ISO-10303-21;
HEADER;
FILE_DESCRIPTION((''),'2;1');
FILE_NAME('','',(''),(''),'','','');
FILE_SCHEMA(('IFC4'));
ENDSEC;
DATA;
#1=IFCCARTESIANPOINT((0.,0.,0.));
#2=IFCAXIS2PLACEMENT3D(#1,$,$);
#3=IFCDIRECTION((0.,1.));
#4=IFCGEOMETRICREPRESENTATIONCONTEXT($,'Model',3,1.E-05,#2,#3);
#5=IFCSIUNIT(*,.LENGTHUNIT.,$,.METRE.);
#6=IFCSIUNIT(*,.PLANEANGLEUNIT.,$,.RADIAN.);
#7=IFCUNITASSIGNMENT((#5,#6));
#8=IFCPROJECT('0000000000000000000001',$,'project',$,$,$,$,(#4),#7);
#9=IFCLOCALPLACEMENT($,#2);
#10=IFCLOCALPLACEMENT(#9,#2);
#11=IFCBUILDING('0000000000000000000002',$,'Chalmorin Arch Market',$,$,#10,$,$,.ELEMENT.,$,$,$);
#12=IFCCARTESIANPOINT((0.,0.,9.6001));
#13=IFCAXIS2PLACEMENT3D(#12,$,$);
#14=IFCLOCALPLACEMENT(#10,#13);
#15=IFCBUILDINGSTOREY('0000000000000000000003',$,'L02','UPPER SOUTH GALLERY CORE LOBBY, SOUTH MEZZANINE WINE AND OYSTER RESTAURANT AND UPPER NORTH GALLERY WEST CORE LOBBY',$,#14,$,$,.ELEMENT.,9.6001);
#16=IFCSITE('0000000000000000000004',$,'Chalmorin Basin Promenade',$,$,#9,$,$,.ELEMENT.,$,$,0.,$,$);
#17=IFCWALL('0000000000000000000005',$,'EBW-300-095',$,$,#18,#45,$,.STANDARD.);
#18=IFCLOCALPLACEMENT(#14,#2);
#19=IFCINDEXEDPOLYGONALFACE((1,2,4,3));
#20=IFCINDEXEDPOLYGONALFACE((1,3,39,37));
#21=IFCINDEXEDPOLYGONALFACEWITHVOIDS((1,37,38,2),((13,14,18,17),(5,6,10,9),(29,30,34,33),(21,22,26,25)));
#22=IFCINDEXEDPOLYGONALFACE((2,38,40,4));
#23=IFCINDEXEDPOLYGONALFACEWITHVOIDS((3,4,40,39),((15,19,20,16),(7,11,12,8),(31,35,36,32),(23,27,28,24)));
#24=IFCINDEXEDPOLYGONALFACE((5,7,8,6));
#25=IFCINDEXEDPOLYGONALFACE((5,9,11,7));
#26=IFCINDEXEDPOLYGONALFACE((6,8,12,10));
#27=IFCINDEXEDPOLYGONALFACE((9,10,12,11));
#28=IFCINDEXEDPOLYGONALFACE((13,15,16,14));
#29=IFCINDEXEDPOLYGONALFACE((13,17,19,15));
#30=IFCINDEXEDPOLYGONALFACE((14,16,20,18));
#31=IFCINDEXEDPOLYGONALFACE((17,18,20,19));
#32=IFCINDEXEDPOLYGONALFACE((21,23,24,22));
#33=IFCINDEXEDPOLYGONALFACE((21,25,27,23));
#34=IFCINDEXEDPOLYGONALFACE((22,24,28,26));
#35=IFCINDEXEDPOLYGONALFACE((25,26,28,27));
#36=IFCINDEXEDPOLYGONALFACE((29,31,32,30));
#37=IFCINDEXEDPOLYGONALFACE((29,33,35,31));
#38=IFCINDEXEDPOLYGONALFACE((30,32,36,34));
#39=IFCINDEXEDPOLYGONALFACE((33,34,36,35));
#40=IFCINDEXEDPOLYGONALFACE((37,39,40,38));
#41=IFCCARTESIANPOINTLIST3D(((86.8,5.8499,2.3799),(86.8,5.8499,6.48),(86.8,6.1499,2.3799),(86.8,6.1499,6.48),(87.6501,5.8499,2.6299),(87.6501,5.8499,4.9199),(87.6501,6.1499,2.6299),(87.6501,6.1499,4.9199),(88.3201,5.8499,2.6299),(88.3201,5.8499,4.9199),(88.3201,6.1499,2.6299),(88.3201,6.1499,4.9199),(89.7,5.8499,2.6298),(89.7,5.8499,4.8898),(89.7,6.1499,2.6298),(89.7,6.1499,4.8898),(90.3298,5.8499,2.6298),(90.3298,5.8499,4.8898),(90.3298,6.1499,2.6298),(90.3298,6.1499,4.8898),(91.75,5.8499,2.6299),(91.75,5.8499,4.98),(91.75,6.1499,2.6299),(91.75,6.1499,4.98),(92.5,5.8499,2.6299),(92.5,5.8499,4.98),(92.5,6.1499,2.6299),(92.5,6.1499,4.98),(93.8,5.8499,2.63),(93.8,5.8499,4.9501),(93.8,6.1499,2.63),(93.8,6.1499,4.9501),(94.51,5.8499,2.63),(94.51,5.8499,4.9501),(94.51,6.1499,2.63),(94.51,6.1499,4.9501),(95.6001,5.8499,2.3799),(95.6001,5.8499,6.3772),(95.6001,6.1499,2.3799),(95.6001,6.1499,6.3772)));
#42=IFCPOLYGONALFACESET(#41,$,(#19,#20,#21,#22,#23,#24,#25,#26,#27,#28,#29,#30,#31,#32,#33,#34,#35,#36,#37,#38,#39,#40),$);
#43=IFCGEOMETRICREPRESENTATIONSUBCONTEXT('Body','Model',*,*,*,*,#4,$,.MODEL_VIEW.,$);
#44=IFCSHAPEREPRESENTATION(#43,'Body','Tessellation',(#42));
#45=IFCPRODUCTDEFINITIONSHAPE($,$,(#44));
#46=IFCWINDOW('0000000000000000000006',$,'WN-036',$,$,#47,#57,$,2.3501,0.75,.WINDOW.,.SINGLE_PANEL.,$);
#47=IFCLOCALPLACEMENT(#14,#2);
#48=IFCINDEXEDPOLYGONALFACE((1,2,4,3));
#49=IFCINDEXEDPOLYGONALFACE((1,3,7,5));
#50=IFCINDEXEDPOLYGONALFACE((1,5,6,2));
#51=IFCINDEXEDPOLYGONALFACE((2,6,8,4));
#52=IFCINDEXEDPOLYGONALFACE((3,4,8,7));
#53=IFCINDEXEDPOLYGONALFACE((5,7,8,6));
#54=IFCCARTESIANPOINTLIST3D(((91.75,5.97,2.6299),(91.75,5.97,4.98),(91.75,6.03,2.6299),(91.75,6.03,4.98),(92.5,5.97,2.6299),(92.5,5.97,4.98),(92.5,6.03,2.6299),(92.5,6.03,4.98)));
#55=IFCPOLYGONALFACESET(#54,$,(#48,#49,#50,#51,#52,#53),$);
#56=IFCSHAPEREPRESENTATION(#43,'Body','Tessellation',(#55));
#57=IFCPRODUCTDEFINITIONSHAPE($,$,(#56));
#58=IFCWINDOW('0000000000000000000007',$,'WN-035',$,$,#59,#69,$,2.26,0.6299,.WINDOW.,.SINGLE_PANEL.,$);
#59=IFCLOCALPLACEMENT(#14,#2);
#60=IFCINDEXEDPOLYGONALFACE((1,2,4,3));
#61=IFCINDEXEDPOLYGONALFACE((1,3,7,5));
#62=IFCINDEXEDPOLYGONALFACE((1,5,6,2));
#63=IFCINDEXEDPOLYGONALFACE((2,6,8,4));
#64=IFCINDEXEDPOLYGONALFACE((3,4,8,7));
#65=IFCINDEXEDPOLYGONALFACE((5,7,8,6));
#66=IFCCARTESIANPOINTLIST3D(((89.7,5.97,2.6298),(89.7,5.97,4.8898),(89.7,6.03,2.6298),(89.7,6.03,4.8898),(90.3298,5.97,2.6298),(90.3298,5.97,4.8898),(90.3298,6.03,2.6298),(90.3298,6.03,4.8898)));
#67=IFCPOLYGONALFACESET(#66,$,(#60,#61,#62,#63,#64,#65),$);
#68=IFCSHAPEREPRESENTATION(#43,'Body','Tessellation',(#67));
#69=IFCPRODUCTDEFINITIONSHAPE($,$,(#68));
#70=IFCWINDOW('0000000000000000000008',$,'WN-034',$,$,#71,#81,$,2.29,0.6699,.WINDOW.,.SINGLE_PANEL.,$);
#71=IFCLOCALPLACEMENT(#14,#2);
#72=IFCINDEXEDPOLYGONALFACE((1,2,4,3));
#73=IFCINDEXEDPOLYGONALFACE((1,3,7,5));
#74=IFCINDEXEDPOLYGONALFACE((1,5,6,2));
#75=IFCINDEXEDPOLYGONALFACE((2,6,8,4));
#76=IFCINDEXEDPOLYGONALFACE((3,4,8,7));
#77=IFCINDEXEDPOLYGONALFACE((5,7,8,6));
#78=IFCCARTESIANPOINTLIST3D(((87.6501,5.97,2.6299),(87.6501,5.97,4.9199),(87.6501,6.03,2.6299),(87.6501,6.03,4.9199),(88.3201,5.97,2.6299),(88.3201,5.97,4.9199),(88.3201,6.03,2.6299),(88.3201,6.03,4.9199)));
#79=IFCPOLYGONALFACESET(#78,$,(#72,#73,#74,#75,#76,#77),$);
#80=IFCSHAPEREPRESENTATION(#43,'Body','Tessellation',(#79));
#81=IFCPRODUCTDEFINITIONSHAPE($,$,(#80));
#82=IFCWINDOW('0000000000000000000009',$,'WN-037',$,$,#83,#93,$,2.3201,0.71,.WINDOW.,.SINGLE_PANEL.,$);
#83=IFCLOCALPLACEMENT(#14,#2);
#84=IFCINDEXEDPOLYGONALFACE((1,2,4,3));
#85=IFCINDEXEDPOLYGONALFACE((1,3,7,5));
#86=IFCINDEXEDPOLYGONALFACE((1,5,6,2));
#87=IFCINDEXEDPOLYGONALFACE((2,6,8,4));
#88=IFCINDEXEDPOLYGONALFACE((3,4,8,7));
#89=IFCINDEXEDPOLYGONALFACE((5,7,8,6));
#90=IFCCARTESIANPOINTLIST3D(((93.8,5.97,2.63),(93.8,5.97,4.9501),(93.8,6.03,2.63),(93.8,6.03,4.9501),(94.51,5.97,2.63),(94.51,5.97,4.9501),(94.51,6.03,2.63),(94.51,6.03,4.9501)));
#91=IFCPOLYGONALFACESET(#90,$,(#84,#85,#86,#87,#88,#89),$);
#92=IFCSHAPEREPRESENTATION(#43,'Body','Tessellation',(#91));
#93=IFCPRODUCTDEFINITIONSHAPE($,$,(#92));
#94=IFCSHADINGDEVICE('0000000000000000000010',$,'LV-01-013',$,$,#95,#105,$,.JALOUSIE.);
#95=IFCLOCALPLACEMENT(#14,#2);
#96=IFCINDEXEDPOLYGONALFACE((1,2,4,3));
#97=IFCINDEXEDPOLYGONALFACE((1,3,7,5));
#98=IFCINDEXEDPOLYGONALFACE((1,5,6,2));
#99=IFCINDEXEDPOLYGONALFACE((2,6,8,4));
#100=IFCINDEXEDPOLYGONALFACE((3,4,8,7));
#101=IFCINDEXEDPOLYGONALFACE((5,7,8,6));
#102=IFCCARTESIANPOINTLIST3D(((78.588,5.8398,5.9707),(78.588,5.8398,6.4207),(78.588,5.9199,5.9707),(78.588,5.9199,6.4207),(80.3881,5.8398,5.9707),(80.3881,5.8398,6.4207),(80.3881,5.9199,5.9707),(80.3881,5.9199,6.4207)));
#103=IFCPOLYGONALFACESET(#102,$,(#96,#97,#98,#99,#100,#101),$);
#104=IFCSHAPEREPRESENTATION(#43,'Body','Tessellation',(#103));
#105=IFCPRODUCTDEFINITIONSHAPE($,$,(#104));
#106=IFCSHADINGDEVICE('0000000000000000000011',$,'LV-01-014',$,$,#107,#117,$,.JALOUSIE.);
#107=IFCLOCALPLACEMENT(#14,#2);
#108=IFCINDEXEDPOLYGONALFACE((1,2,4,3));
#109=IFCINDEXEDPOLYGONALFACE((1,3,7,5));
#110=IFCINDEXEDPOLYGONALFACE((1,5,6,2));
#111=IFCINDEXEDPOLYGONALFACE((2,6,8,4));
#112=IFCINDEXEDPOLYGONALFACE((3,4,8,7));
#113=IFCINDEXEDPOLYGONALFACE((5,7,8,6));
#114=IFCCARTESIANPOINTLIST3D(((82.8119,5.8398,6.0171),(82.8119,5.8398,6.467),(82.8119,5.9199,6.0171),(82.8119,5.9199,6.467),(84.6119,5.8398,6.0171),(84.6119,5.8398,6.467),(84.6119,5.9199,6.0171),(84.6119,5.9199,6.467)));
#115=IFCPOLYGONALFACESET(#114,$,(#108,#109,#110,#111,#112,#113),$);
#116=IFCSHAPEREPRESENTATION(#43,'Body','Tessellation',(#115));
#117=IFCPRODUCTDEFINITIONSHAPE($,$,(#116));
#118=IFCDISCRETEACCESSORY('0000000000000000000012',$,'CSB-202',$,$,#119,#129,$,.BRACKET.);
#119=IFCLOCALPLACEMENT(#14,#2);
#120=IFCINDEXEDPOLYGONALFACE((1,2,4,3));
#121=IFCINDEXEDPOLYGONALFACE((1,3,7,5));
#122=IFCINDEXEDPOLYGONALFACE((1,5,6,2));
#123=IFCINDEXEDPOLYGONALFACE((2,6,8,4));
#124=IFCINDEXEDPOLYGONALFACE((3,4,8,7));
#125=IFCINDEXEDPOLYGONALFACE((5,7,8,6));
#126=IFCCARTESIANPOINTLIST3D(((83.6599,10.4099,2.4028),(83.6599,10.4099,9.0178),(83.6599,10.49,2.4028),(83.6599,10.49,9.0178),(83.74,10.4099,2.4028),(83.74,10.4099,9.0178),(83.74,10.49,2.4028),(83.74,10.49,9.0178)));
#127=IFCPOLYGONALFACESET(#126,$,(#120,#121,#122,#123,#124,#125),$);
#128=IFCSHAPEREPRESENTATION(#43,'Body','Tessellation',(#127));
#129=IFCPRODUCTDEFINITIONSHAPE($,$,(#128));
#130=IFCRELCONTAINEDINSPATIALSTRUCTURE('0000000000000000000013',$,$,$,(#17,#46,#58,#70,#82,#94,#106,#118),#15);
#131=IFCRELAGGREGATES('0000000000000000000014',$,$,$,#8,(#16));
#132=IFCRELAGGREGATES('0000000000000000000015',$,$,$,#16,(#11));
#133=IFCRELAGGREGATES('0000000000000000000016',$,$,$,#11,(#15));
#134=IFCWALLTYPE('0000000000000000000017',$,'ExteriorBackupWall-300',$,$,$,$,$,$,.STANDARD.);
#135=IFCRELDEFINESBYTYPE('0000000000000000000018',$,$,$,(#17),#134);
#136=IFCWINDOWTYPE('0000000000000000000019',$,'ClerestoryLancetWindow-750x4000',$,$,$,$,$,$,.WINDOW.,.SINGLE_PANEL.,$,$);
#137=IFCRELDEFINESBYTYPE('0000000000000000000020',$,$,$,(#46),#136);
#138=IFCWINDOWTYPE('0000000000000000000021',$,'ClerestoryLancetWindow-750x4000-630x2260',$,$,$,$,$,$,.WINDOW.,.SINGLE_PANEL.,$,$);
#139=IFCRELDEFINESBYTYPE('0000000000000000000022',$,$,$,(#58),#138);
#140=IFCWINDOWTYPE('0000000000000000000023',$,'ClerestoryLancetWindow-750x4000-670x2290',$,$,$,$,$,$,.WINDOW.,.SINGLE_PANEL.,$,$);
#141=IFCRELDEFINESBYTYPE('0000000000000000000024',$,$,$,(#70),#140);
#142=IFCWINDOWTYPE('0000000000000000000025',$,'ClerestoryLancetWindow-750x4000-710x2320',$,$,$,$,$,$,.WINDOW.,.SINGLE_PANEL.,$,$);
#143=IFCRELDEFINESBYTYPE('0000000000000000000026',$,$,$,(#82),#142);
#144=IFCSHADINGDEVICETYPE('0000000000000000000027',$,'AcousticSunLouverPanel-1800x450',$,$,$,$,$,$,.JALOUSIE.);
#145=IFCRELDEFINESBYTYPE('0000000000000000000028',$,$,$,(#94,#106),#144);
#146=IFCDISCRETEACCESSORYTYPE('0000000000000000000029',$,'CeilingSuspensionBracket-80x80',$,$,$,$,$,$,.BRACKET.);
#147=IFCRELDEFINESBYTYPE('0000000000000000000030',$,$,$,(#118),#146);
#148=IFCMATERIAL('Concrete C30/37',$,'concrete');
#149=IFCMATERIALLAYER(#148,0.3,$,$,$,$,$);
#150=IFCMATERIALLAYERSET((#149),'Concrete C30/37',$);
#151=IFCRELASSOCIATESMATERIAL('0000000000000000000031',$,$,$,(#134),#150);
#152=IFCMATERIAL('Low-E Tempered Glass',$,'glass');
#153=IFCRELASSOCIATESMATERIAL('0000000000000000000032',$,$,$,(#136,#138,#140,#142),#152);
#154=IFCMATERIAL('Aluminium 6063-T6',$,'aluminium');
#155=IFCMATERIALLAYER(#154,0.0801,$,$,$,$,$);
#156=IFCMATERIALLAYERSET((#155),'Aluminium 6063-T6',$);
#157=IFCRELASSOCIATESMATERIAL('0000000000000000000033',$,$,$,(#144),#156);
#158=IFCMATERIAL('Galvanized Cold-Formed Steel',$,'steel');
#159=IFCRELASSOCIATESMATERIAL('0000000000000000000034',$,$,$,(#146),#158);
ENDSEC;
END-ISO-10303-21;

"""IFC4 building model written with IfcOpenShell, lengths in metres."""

from ifc_helpers import new_model, si_unit, direction, frame, frame_2d, origin, origin_2d, place, context, subcontext, project, spatial, polyline, rectangle, outline, extrude, material, layer, layer_set, type_object, element, fill, save


model = new_model("IFC4")

# Units and contexts
model_context = context("Model", 3, precision=1e-05, world=origin(), true_north=direction((0.0, 1.0)))
body_context = subcontext(model_context, "Body", "Model", "MODEL_VIEW")
ifc_project = project(units=[si_unit("LENGTHUNIT", "METRE"), si_unit("PLANEANGLEUNIT", "RADIAN")], contexts=[model_context])

# Site, building, storey
site_placement = place(None, origin())
site = spatial("IfcSite", under=ifc_project, at=site_placement, Name="Chalmorin Basin Promenade", CompositionType="ELEMENT", RefElevation=0.0)
building_placement = place(site_placement, origin())
building = spatial("IfcBuilding", under=site, at=building_placement, Name="Chalmorin Arch Market", CompositionType="ELEMENT")
storey_placement = place(building_placement, frame((0.0, 0.0, 9.6001)))
storey = spatial("IfcBuildingStorey", under=building, at=storey_placement, Name="L02", Description="UPPER SOUTH GALLERY CORE LOBBY, SOUTH MEZZANINE WINE AND OYSTER RESTAURANT AND UPPER NORTH GALLERY WEST CORE LOBBY", CompositionType="ELEMENT", Elevation=9.6001)

# Shared definitions
ifc_material_1 = material(Name="Aluminium 6063-T6", Category="aluminium")

# Shared definitions
ifc_material_2 = material(Name="Concrete C30/37", Category="concrete")
ifc_layer_1 = layer(ifc_material_2, 0.3)
ifc_layer_set_1 = layer_set([ifc_layer_1], Name="Concrete C30/37")
wall_type = type_object("IfcWallType", Name="ExteriorBackupWall-300", PredefinedType="STANDARD", material=ifc_layer_set_1)

# Wall, openings, windows
wall_1_placement = place(storey_placement, frame((86.8, 6.0, 2.3799), z_axis=(0.0, 0.0, 1.0), x_axis=(1.0, 0.0, 0.0)))
wall_1 = element("IfcWall", 1, at=wall_1_placement, inside=storey, type_object=wall_type, Name="EBW-300-095", PredefinedType="STANDARD", context=body_context, shape_type="SweptSolid", body=[
    extrude(outline(polyline([(0.0, 0.0), (8.8, 0.0), (8.8, 3.9973), (0.0, 4.1001), (0.0, 0.0)])), frame((0.0, 0.1499, 0.0), z_axis=(0.0, -1.0, 0.0), x_axis=(1.0, 0.0, 0.0)), (0.0, 0.0, 1.0), 0.3),
])
opening_1_placement = place(wall_1_placement, frame((0.8501, 0.0, 0.25)))
opening_1 = element("IfcOpeningElement", 2, at=opening_1_placement, cuts=wall_1, PredefinedType="OPENING", context=body_context, shape_type="SweptSolid", body=[
    extrude(rectangle(XDim=0.6699, YDim=2.29, at=frame_2d((0.335, 1.145))), frame((0.0, 0.1599, 0.0), z_axis=(0.0, -1.0, 0.0), x_axis=(1.0, 0.0, 0.0)), (0.0, 0.0, 1.0), 0.3201),
])
opening_2_placement = place(wall_1_placement, frame((2.8999, 0.0, 0.25)))
opening_2 = element("IfcOpeningElement", 3, at=opening_2_placement, cuts=wall_1, PredefinedType="OPENING", context=body_context, shape_type="SweptSolid", body=[
    extrude(rectangle(XDim=0.6299, YDim=2.26, at=frame_2d((0.3149, 1.1299))), frame((0.0, 0.1599, 0.0), z_axis=(0.0, -1.0, 0.0), x_axis=(1.0, 0.0, 0.0)), (0.0, 0.0, 1.0), 0.3201),
])
opening_3_placement = place(wall_1_placement, frame((4.95, 0.0, 0.25)))
opening_3 = element("IfcOpeningElement", 4, at=opening_3_placement, cuts=wall_1, PredefinedType="OPENING", context=body_context, shape_type="SweptSolid", body=[
    extrude(rectangle(XDim=0.75, YDim=2.3501, at=frame_2d((0.375, 1.175))), frame((0.0, 0.1599, 0.0), z_axis=(0.0, -1.0, 0.0), x_axis=(1.0, 0.0, 0.0)), (0.0, 0.0, 1.0), 0.3201),
])
opening_4_placement = place(wall_1_placement, frame((7.0, 0.0, 0.25)))
opening_4 = element("IfcOpeningElement", 5, at=opening_4_placement, cuts=wall_1, PredefinedType="OPENING", context=body_context, shape_type="SweptSolid", body=[
    extrude(rectangle(XDim=0.71, YDim=2.3201, at=frame_2d((0.355, 1.1602))), frame((0.0, 0.1599, 0.0), z_axis=(0.0, -1.0, 0.0), x_axis=(1.0, 0.0, 0.0)), (0.0, 0.0, 1.0), 0.3201),
])
ifc_material_3 = material(Name="Low-E Tempered Glass", Category="glass")
window_type_1 = type_object("IfcWindowType", Name="ClerestoryLancetWindow-750x4000", PartitioningType="SINGLE_PANEL", PredefinedType="WINDOW", material=ifc_material_3)
window_1_placement = place(opening_3_placement, origin())
window_1 = element("IfcWindow", 6, at=window_1_placement, inside=storey, type_object=window_type_1, Name="WN-036", OverallHeight=2.3501, OverallWidth=0.75, PartitioningType="SINGLE_PANEL", PredefinedType="WINDOW", context=body_context, shape_type="SweptSolid", body=[
    extrude(rectangle(XDim=0.75, YDim=2.3501, at=frame_2d((0.375, 1.175))), frame((0.0, 0.03, 0.0), z_axis=(0.0, -1.0, 0.0), x_axis=(1.0, 0.0, 0.0)), (0.0, 0.0, 1.0), 0.0601),
])
fill(opening_3, window_1)
window_type_2 = type_object("IfcWindowType", Name="ClerestoryLancetWindow-750x4000-630x2260", PartitioningType="SINGLE_PANEL", PredefinedType="WINDOW", material=ifc_material_3)
window_2_placement = place(opening_2_placement, origin())
window_2 = element("IfcWindow", 7, at=window_2_placement, inside=storey, type_object=window_type_2, Name="WN-035", OverallHeight=2.26, OverallWidth=0.6299, PartitioningType="SINGLE_PANEL", PredefinedType="WINDOW", context=body_context, shape_type="SweptSolid", body=[
    extrude(rectangle(XDim=0.6299, YDim=2.26, at=frame_2d((0.3149, 1.1299))), frame((0.0, 0.03, 0.0), z_axis=(0.0, -1.0, 0.0), x_axis=(1.0, 0.0, 0.0)), (0.0, 0.0, 1.0), 0.0601),
])
fill(opening_2, window_2)
window_type_3 = type_object("IfcWindowType", Name="ClerestoryLancetWindow-750x4000-670x2290", PartitioningType="SINGLE_PANEL", PredefinedType="WINDOW", material=ifc_material_3)
window_3_placement = place(opening_1_placement, origin())
window_3 = element("IfcWindow", 8, at=window_3_placement, inside=storey, type_object=window_type_3, Name="WN-034", OverallHeight=2.29, OverallWidth=0.6699, PartitioningType="SINGLE_PANEL", PredefinedType="WINDOW", context=body_context, shape_type="SweptSolid", body=[
    extrude(rectangle(XDim=0.6699, YDim=2.29, at=frame_2d((0.335, 1.145))), frame((0.0, 0.03, 0.0), z_axis=(0.0, -1.0, 0.0), x_axis=(1.0, 0.0, 0.0)), (0.0, 0.0, 1.0), 0.0601),
])
fill(opening_1, window_3)
window_type_4 = type_object("IfcWindowType", Name="ClerestoryLancetWindow-750x4000-710x2320", PartitioningType="SINGLE_PANEL", PredefinedType="WINDOW", material=ifc_material_3)
window_4_placement = place(opening_4_placement, origin())
window_4 = element("IfcWindow", 9, at=window_4_placement, inside=storey, type_object=window_type_4, Name="WN-037", OverallHeight=2.3201, OverallWidth=0.71, PartitioningType="SINGLE_PANEL", PredefinedType="WINDOW", context=body_context, shape_type="SweptSolid", body=[
    extrude(rectangle(XDim=0.71, YDim=2.3201, at=frame_2d((0.355, 1.1602))), frame((0.0, 0.03, 0.0), z_axis=(0.0, -1.0, 0.0), x_axis=(1.0, 0.0, 0.0)), (0.0, 0.0, 1.0), 0.0601),
])
fill(opening_4, window_4)

# Shading devices
ifc_layer_2 = layer(ifc_material_1, 0.0801)
ifc_layer_set_2 = layer_set([ifc_layer_2], Name="Aluminium 6063-T6")
shading_device_type = type_object("IfcShadingDeviceType", Name="AcousticSunLouverPanel-1800x450", PredefinedType="JALOUSIE", material=ifc_layer_set_2)
for number, where, z_axis, x_axis, name in (
    (10, (79.488, 5.8799, 5.9707), (0.0, 0.0, 1.0), (1.0, 0.0, 0.0), "LV-01-013"),
    (11, (83.7119, 5.8799, 6.0171), (0.0, 0.0, 1.0), (1.0, 0.0, 0.0), "LV-01-014"),
):
    element("IfcShadingDevice", number, at=place(storey_placement, frame(where, z_axis=z_axis, x_axis=x_axis)), inside=storey, type_object=shading_device_type, Name=name, PredefinedType="JALOUSIE", context=body_context, shape_type="SweptSolid", body=[
        extrude(rectangle(XDim=1.8, YDim=0.0801, at=origin_2d()), origin(), (0.0, 0.0, 1.0), 0.45),
    ])

# Discrete accessory
ifc_material_4 = material(Name="Galvanized Cold-Formed Steel", Category="steel")
discrete_accessory_type = type_object("IfcDiscreteAccessoryType", Name="CeilingSuspensionBracket-80x80", PredefinedType="BRACKET", material=ifc_material_4)
discrete_accessory_placement = place(storey_placement, frame((83.7, 10.45, 2.4028), z_axis=(0.0, 0.0, 1.0), x_axis=(1.0, 0.0, 0.0)))
element("IfcDiscreteAccessory", 12, at=discrete_accessory_placement, inside=storey, type_object=discrete_accessory_type, Name="CSB-202", PredefinedType="BRACKET", context=body_context, shape_type="SweptSolid", body=[
    extrude(rectangle(XDim=0.0801, YDim=0.0801, at=origin_2d()), origin(), (0.0, 0.0, 1.0), 6.615),
])

save(model, "model.ifc")
